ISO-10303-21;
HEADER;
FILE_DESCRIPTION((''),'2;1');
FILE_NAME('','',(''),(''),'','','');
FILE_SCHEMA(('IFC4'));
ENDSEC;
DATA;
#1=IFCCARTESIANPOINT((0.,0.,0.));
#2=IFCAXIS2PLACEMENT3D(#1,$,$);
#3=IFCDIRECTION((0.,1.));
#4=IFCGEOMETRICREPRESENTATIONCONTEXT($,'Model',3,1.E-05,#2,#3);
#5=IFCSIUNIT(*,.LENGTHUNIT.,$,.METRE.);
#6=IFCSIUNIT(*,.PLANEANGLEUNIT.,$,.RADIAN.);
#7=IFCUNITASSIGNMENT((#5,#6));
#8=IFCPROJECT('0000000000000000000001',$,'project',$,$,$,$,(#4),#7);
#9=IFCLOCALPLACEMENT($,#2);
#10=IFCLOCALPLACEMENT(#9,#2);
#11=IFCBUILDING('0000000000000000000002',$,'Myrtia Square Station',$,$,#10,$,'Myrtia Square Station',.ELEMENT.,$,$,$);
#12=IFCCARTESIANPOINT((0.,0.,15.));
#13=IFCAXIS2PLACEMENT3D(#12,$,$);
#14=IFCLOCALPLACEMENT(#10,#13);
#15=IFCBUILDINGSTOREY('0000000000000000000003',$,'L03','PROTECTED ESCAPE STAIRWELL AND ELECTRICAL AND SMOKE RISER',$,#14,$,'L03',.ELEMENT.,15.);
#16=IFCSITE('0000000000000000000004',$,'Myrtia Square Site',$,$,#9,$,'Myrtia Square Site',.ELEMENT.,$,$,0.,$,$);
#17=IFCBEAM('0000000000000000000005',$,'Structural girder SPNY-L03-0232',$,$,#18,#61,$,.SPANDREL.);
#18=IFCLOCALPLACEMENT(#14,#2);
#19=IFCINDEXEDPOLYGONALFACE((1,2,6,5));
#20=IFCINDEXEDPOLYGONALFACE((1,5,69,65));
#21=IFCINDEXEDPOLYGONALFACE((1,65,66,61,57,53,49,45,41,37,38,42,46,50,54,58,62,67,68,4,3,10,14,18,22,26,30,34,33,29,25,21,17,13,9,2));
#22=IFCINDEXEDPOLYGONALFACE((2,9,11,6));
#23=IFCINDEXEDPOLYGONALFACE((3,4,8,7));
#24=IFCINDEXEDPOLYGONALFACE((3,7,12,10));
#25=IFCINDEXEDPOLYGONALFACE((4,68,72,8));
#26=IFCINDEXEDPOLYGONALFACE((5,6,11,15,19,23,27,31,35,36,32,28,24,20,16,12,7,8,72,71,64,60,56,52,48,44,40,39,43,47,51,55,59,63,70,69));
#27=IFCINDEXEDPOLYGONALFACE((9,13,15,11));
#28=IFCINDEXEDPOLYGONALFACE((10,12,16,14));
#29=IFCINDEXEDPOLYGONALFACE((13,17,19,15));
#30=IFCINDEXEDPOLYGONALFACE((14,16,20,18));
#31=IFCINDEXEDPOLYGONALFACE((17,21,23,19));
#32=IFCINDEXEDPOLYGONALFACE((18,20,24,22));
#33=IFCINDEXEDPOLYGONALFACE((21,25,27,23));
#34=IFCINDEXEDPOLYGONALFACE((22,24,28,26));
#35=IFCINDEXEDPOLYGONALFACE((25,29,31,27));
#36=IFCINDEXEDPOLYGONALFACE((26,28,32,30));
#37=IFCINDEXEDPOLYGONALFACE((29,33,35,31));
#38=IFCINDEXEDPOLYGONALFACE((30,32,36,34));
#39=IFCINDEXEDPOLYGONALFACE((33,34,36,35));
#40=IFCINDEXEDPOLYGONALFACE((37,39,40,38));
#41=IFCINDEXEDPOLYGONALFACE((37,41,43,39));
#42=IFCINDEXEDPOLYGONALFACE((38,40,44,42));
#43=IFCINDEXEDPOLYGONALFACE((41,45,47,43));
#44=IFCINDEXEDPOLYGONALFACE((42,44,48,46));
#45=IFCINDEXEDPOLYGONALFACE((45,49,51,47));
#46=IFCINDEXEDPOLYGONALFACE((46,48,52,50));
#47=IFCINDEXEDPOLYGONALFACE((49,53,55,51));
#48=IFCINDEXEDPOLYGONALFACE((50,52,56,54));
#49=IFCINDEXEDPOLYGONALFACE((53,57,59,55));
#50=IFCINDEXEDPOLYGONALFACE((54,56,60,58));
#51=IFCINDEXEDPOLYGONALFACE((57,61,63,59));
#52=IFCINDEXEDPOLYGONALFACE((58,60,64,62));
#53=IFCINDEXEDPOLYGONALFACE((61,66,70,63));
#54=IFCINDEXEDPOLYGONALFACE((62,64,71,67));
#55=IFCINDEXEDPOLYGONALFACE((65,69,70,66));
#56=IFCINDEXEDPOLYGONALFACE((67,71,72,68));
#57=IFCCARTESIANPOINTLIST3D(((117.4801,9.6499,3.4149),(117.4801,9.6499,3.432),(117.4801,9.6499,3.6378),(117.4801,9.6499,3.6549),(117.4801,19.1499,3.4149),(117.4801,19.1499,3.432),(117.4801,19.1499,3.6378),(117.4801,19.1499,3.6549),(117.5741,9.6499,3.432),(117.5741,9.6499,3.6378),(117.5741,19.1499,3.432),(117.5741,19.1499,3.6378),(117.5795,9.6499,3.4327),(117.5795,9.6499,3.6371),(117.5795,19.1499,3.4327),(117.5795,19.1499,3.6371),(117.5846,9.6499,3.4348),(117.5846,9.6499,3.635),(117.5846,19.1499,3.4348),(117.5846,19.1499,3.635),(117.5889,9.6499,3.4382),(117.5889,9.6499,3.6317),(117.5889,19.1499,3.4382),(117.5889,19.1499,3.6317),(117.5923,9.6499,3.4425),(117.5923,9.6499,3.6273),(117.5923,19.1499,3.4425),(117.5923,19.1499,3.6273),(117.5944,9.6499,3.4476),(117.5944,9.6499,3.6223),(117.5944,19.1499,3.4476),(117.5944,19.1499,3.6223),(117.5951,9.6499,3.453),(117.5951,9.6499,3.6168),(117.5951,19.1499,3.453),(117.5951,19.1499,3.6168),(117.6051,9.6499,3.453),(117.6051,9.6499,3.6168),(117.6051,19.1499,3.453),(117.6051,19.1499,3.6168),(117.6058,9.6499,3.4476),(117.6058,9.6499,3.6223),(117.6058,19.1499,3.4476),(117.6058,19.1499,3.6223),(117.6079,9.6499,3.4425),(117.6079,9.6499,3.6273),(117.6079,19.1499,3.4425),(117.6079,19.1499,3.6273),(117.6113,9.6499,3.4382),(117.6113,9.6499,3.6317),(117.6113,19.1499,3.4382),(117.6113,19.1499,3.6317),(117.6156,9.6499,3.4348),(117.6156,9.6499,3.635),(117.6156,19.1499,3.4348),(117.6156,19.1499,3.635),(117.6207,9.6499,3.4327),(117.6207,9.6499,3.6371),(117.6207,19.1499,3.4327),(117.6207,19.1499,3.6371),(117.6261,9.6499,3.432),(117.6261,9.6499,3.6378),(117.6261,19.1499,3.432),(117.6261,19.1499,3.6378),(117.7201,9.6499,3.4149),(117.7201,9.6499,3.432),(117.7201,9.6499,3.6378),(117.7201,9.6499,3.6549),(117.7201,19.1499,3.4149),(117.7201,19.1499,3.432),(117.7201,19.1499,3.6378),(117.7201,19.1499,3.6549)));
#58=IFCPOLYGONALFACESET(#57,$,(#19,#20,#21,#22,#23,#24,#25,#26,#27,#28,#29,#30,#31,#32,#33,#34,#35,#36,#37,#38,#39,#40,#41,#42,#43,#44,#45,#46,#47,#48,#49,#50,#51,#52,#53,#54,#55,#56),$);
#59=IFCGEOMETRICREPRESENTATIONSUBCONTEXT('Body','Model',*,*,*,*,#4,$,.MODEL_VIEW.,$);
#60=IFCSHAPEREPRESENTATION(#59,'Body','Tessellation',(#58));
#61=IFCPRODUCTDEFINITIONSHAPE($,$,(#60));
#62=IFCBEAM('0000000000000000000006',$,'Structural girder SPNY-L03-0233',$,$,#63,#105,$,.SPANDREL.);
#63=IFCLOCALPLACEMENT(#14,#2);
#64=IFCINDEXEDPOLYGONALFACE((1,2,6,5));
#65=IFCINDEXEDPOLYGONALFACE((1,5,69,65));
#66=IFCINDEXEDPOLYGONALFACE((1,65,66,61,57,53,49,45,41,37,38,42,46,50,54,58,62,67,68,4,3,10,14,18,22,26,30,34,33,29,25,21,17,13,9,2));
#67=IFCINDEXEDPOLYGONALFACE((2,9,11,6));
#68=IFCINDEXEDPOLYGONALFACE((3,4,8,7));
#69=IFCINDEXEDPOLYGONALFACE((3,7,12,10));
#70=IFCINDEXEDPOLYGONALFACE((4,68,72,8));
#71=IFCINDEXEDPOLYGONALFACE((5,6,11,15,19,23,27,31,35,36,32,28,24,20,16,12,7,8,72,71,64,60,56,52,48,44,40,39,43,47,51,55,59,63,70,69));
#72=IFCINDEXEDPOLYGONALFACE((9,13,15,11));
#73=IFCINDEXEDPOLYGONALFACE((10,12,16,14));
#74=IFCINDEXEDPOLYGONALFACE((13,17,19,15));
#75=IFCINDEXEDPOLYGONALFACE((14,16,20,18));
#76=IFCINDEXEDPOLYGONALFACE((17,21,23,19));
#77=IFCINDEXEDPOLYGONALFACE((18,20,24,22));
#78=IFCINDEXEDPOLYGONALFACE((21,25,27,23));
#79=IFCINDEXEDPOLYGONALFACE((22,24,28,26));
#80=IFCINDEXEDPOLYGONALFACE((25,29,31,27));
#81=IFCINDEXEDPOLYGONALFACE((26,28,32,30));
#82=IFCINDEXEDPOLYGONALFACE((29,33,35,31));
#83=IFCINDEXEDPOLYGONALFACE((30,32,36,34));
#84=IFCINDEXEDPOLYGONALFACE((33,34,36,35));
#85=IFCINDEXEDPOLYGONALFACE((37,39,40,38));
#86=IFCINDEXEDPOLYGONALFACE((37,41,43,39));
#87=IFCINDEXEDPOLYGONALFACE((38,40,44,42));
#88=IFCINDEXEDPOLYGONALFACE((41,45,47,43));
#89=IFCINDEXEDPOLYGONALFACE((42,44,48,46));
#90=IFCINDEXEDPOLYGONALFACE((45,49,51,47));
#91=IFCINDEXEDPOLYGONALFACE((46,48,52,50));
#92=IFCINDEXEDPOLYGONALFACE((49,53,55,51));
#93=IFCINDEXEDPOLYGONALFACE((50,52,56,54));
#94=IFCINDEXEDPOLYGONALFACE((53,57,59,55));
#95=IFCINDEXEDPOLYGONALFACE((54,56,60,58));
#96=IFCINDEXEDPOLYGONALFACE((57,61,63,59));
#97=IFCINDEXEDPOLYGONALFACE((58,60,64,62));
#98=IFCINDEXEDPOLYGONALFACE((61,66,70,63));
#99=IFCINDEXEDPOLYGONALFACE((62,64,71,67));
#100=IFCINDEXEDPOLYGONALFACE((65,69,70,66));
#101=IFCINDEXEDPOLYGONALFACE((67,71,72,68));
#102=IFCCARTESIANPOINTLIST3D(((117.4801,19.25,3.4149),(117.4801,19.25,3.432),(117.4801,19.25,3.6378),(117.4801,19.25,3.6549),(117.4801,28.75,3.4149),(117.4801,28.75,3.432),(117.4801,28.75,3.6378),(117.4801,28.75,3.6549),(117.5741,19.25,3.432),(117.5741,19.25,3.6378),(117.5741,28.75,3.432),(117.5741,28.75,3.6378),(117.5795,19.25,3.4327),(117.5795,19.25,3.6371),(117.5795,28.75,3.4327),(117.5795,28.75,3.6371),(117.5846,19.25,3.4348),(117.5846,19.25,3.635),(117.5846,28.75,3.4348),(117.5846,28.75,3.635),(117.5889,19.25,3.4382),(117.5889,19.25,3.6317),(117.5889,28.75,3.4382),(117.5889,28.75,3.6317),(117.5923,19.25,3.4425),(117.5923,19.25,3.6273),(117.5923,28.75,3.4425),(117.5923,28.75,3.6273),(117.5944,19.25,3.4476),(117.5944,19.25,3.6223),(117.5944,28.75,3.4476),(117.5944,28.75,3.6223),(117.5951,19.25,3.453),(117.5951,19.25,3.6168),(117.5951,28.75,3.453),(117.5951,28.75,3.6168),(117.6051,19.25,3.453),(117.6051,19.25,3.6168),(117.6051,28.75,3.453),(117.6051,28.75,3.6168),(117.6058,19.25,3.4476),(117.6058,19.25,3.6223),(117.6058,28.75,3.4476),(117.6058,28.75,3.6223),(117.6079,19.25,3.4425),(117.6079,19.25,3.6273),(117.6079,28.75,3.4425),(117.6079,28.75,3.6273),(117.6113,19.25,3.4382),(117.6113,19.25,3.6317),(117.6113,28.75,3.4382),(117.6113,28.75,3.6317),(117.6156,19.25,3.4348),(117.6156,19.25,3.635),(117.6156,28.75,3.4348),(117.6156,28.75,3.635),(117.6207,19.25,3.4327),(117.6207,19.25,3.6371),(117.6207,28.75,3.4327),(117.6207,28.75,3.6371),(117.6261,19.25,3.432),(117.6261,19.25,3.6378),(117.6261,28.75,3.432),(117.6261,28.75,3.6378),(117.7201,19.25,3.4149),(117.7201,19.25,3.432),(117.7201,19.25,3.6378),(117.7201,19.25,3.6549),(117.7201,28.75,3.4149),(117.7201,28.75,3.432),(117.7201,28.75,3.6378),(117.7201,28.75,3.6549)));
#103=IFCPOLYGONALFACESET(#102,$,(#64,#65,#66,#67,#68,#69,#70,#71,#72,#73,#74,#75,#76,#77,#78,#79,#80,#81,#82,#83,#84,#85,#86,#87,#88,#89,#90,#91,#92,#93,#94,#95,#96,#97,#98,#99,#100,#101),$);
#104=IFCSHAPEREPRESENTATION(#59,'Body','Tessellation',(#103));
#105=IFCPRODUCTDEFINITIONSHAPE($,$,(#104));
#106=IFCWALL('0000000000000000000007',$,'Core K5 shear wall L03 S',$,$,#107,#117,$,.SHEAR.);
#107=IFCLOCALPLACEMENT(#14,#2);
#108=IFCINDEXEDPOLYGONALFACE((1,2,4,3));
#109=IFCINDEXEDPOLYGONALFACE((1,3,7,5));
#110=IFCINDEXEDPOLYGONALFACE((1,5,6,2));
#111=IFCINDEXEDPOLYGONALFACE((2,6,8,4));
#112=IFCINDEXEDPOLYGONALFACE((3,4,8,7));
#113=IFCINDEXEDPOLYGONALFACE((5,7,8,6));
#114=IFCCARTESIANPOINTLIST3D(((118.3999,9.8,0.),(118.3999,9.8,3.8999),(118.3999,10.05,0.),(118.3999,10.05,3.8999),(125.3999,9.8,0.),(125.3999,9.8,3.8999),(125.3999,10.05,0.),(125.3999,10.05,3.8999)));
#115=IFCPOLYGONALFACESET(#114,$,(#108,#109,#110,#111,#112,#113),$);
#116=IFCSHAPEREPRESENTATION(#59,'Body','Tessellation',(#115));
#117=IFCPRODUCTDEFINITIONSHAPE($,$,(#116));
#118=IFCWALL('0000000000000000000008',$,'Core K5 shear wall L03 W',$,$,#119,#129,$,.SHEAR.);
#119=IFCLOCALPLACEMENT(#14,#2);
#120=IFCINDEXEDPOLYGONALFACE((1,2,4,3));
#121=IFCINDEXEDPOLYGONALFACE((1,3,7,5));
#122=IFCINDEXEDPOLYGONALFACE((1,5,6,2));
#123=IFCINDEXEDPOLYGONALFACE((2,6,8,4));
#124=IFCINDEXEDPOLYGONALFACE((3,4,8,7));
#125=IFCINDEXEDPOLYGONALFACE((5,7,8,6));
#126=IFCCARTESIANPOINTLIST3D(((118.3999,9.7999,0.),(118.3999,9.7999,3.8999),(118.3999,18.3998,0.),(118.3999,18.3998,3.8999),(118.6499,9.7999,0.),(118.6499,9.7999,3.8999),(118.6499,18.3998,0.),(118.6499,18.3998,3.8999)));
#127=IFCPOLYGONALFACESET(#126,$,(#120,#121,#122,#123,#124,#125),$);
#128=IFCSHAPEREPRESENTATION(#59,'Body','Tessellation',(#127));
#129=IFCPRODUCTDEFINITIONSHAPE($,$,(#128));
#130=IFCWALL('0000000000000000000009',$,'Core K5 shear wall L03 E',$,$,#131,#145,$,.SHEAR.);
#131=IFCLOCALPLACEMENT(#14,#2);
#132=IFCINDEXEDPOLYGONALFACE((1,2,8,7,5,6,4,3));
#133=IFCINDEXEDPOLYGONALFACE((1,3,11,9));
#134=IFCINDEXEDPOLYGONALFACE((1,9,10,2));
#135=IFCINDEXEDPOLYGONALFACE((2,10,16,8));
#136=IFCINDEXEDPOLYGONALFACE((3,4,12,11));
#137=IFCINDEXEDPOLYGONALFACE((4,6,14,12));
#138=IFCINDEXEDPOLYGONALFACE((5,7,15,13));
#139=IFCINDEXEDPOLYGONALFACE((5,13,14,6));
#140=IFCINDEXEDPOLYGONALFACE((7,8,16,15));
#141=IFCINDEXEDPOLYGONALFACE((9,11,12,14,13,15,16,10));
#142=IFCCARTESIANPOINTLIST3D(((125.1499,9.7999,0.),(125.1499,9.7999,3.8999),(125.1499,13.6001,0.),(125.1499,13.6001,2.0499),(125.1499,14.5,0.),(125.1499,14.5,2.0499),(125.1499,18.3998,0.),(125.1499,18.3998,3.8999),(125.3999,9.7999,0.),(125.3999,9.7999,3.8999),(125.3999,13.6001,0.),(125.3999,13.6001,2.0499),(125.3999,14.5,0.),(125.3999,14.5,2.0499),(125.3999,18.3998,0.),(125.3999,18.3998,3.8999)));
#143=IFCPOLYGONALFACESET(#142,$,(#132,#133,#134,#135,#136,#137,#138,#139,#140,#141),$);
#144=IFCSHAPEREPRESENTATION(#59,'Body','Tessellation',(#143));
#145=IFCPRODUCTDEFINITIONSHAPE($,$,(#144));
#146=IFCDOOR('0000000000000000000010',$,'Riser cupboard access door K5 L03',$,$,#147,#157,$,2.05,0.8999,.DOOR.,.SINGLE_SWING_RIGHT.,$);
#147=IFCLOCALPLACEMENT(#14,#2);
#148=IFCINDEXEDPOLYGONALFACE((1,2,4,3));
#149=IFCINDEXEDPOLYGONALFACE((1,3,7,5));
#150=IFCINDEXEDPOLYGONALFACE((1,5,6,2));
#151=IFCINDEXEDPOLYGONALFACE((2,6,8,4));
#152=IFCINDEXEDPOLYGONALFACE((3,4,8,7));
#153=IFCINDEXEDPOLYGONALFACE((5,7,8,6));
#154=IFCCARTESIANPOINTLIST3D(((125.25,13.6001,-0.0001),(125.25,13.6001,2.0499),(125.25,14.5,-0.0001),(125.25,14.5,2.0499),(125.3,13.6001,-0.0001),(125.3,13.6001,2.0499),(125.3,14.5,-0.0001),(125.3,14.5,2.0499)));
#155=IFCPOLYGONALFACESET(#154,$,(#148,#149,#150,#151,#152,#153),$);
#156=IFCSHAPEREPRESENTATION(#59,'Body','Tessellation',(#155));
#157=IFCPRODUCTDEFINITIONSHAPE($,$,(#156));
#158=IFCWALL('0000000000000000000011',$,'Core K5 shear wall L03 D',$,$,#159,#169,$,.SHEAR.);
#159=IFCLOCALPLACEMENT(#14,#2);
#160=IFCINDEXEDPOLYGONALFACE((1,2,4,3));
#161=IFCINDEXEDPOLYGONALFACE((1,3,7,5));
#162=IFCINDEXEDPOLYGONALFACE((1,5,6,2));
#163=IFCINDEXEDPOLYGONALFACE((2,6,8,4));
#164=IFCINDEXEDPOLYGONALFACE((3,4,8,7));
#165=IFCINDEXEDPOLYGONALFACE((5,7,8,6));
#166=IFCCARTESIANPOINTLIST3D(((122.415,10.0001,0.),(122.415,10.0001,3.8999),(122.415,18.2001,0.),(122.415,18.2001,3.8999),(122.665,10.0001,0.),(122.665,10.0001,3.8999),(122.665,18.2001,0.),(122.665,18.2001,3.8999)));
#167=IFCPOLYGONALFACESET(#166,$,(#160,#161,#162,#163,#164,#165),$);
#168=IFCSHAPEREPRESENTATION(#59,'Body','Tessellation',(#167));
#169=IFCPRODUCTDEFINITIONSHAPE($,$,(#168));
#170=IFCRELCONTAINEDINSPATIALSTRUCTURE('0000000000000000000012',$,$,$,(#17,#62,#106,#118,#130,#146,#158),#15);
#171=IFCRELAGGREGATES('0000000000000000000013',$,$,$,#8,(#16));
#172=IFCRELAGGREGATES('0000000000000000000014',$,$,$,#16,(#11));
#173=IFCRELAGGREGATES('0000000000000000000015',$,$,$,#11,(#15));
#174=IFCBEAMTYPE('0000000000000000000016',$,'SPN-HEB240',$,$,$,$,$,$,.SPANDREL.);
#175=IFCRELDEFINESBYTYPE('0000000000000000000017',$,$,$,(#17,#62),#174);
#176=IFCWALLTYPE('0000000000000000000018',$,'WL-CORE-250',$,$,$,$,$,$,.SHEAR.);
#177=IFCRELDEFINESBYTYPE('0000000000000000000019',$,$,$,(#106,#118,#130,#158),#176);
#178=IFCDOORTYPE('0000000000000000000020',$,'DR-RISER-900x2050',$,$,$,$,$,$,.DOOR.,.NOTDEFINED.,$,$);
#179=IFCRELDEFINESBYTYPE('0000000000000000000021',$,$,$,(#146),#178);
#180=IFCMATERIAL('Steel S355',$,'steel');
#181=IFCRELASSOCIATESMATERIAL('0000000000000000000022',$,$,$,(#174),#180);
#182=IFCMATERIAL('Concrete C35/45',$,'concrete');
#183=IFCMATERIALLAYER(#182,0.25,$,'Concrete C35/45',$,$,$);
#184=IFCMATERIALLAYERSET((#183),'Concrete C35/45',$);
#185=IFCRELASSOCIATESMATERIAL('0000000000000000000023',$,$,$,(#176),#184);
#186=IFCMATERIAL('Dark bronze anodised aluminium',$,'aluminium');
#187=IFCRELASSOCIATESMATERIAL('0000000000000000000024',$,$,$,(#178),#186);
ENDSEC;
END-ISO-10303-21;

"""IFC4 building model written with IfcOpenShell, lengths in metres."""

from ifc_helpers import new_model, si_unit, direction, frame, frame_2d, origin, origin_2d, place, context, subcontext, project, spatial, rectangle, i_section, extrude, material, layer, layer_set, material_profile, profile_set, type_object, element, fill, save


model = new_model("IFC4")

# Units and contexts
model_context = context("Model", 3, precision=1e-05, world=origin(), true_north=direction((0.0, 1.0)))
body_context = subcontext(model_context, "Body", "Model", "MODEL_VIEW")
ifc_project = project(units=[si_unit("LENGTHUNIT", "METRE"), si_unit("PLANEANGLEUNIT", "RADIAN")], contexts=[model_context])

# Site, building, storey
site_placement = place(None, origin())
site = spatial("IfcSite", under=ifc_project, at=site_placement, Name="Myrtia Square Site", LongName="Myrtia Square Site", CompositionType="ELEMENT", RefElevation=0.0)
building_placement = place(site_placement, origin())
building = spatial("IfcBuilding", under=site, at=building_placement, Name="Myrtia Square Station", LongName="Myrtia Square Station", CompositionType="ELEMENT")
storey_placement = place(building_placement, frame((0.0, 0.0, 15.0)))
storey = spatial("IfcBuildingStorey", under=building, at=storey_placement, Name="L03", Description="PROTECTED ESCAPE STAIRWELL AND ELECTRICAL AND SMOKE RISER", LongName="L03", CompositionType="ELEMENT", Elevation=15.0)

# Shared definitions
ifc_material_1 = material(Name="Steel S355", Category="steel")

# Beams
ifc_material_profile_1 = material_profile(ifc_material_1, i_section(OverallWidth=0.24, OverallDepth=0.24, WebThickness=0.01, FlangeThickness=0.0171, FilletRadius=0.021, at=origin_2d()), Name="HEB 240")
ifc_profile_set_1 = profile_set([ifc_material_profile_1], Name="Steel S355")
beam_type_1 = type_object("IfcBeamType", Name="SPN-HEB240", PredefinedType="SPANDREL", material=ifc_profile_set_1)
for number, where, z_axis, x_axis, name in (
    (1, (117.6001, 9.6499, 3.5349), (0.0, 1.0, 0.0), (-1.0, 0.0, 0.0), "Structural girder SPNY-L03-0232"),
    (2, (117.6001, 19.25, 3.5349), (0.0, 1.0, 0.0), (-1.0, 0.0, 0.0), "Structural girder SPNY-L03-0233"),
):
    element("IfcBeam", number, at=place(storey_placement, frame(where, z_axis=z_axis, x_axis=x_axis)), inside=storey, type_object=beam_type_1, Name=name, PredefinedType="SPANDREL", context=body_context, shape_type="SweptSolid", body=[
        extrude(i_section(OverallWidth=0.24, OverallDepth=0.24, WebThickness=0.01, FlangeThickness=0.0171, FilletRadius=0.021, at=origin_2d()), origin(), (0.0, 0.0, 1.0), 9.5),
    ])

# Wall
ifc_material_2 = material(Name="Concrete C35/45", Category="concrete")
ifc_layer = layer(ifc_material_2, 0.25, Name="Concrete C35/45")
ifc_layer_set = layer_set([ifc_layer], Name="Concrete C35/45")
wall_type = type_object("IfcWallType", Name="WL-CORE-250", PredefinedType="SHEAR", material=ifc_layer_set)
wall_1_placement = place(storey_placement, frame((118.3999, 9.925, 0.0), z_axis=(0.0, 0.0, 1.0), x_axis=(1.0, 0.0, 0.0)))
element("IfcWall", 3, at=wall_1_placement, inside=storey, type_object=wall_type, Name="Core K5 shear wall L03 S", PredefinedType="SHEAR", context=body_context, shape_type="SweptSolid", body=[
    extrude(rectangle(XDim=7.0, YDim=0.25, at=frame_2d((3.5, 0.0))), origin(), (0.0, 0.0, 1.0), 3.8999),
])

# Shared definitions
ifc_material_3 = material(Name="Dark bronze anodised aluminium", Category="aluminium")

# Wall
wall_2_placement = place(storey_placement, frame((118.5249, 9.8, 0.0), z_axis=(0.0, 0.0, 1.0), x_axis=(0.0, 1.0, 0.0)))
element("IfcWall", 4, at=wall_2_placement, inside=storey, type_object=wall_type, Name="Core K5 shear wall L03 W", PredefinedType="SHEAR", context=body_context, shape_type="SweptSolid", body=[
    extrude(rectangle(XDim=8.5999, YDim=0.25, at=frame_2d((4.2998, 0.0))), origin(), (0.0, 0.0, 1.0), 3.8999),
])

# Wall, opening, door
wall_3_placement = place(storey_placement, frame((125.2749, 9.8, 0.0), z_axis=(0.0, 0.0, 1.0), x_axis=(0.0, 1.0, 0.0)))
wall_3 = element("IfcWall", 5, at=wall_3_placement, inside=storey, type_object=wall_type, Name="Core K5 shear wall L03 E", PredefinedType="SHEAR", context=body_context, shape_type="SweptSolid", body=[
    extrude(rectangle(XDim=8.5999, YDim=0.25, at=frame_2d((4.2998, 0.0))), origin(), (0.0, 0.0, 1.0), 3.8999),
])
opening_1_placement = place(wall_3_placement, frame((3.8, 0.0, 0.0)))
opening_1 = element("IfcOpeningElement", 6, at=opening_1_placement, cuts=wall_3, PredefinedType="OPENING", context=body_context, shape_type="SweptSolid", body=[
    extrude(rectangle(XDim=0.8999, YDim=2.05, at=frame_2d((0.45, 1.0249))), frame((0.0, 0.1399, 0.0), z_axis=(0.0, -1.0, 0.0), x_axis=(1.0, 0.0, 0.0)), (0.0, 0.0, 1.0), 0.28),
])
door_type_1 = type_object("IfcDoorType", Name="DR-RISER-900x2050", OperationType="NOTDEFINED", PredefinedType="DOOR", material=ifc_material_3)
door_1_placement = place(opening_1_placement, origin())
door_1 = element("IfcDoor", 7, at=door_1_placement, inside=storey, type_object=door_type_1, Name="Riser cupboard access door K5 L03", OperationType="SINGLE_SWING_RIGHT", OverallHeight=2.05, OverallWidth=0.8999, PredefinedType="DOOR", context=body_context, shape_type="SweptSolid", body=[
    extrude(rectangle(XDim=0.8999, YDim=2.05, at=frame_2d((0.45, 1.0249))), frame((0.0, 0.0249, 0.0), z_axis=(0.0, -1.0, 0.0), x_axis=(1.0, 0.0, 0.0)), (0.0, 0.0, 1.0), 0.05),
])
fill(opening_1, door_1)

# Wall
wall_4_placement = place(storey_placement, frame((122.54, 10.0, 0.0), z_axis=(0.0, 0.0, 1.0), x_axis=(0.0, 1.0, 0.0)))
element("IfcWall", 8, at=wall_4_placement, inside=storey, type_object=wall_type, Name="Core K5 shear wall L03 D", PredefinedType="SHEAR", context=body_context, shape_type="SweptSolid", body=[
    extrude(rectangle(XDim=8.2, YDim=0.25, at=frame_2d((4.1001, 0.0))), origin(), (0.0, 0.0, 1.0), 3.8999),
])

save(model, "model.ifc")
